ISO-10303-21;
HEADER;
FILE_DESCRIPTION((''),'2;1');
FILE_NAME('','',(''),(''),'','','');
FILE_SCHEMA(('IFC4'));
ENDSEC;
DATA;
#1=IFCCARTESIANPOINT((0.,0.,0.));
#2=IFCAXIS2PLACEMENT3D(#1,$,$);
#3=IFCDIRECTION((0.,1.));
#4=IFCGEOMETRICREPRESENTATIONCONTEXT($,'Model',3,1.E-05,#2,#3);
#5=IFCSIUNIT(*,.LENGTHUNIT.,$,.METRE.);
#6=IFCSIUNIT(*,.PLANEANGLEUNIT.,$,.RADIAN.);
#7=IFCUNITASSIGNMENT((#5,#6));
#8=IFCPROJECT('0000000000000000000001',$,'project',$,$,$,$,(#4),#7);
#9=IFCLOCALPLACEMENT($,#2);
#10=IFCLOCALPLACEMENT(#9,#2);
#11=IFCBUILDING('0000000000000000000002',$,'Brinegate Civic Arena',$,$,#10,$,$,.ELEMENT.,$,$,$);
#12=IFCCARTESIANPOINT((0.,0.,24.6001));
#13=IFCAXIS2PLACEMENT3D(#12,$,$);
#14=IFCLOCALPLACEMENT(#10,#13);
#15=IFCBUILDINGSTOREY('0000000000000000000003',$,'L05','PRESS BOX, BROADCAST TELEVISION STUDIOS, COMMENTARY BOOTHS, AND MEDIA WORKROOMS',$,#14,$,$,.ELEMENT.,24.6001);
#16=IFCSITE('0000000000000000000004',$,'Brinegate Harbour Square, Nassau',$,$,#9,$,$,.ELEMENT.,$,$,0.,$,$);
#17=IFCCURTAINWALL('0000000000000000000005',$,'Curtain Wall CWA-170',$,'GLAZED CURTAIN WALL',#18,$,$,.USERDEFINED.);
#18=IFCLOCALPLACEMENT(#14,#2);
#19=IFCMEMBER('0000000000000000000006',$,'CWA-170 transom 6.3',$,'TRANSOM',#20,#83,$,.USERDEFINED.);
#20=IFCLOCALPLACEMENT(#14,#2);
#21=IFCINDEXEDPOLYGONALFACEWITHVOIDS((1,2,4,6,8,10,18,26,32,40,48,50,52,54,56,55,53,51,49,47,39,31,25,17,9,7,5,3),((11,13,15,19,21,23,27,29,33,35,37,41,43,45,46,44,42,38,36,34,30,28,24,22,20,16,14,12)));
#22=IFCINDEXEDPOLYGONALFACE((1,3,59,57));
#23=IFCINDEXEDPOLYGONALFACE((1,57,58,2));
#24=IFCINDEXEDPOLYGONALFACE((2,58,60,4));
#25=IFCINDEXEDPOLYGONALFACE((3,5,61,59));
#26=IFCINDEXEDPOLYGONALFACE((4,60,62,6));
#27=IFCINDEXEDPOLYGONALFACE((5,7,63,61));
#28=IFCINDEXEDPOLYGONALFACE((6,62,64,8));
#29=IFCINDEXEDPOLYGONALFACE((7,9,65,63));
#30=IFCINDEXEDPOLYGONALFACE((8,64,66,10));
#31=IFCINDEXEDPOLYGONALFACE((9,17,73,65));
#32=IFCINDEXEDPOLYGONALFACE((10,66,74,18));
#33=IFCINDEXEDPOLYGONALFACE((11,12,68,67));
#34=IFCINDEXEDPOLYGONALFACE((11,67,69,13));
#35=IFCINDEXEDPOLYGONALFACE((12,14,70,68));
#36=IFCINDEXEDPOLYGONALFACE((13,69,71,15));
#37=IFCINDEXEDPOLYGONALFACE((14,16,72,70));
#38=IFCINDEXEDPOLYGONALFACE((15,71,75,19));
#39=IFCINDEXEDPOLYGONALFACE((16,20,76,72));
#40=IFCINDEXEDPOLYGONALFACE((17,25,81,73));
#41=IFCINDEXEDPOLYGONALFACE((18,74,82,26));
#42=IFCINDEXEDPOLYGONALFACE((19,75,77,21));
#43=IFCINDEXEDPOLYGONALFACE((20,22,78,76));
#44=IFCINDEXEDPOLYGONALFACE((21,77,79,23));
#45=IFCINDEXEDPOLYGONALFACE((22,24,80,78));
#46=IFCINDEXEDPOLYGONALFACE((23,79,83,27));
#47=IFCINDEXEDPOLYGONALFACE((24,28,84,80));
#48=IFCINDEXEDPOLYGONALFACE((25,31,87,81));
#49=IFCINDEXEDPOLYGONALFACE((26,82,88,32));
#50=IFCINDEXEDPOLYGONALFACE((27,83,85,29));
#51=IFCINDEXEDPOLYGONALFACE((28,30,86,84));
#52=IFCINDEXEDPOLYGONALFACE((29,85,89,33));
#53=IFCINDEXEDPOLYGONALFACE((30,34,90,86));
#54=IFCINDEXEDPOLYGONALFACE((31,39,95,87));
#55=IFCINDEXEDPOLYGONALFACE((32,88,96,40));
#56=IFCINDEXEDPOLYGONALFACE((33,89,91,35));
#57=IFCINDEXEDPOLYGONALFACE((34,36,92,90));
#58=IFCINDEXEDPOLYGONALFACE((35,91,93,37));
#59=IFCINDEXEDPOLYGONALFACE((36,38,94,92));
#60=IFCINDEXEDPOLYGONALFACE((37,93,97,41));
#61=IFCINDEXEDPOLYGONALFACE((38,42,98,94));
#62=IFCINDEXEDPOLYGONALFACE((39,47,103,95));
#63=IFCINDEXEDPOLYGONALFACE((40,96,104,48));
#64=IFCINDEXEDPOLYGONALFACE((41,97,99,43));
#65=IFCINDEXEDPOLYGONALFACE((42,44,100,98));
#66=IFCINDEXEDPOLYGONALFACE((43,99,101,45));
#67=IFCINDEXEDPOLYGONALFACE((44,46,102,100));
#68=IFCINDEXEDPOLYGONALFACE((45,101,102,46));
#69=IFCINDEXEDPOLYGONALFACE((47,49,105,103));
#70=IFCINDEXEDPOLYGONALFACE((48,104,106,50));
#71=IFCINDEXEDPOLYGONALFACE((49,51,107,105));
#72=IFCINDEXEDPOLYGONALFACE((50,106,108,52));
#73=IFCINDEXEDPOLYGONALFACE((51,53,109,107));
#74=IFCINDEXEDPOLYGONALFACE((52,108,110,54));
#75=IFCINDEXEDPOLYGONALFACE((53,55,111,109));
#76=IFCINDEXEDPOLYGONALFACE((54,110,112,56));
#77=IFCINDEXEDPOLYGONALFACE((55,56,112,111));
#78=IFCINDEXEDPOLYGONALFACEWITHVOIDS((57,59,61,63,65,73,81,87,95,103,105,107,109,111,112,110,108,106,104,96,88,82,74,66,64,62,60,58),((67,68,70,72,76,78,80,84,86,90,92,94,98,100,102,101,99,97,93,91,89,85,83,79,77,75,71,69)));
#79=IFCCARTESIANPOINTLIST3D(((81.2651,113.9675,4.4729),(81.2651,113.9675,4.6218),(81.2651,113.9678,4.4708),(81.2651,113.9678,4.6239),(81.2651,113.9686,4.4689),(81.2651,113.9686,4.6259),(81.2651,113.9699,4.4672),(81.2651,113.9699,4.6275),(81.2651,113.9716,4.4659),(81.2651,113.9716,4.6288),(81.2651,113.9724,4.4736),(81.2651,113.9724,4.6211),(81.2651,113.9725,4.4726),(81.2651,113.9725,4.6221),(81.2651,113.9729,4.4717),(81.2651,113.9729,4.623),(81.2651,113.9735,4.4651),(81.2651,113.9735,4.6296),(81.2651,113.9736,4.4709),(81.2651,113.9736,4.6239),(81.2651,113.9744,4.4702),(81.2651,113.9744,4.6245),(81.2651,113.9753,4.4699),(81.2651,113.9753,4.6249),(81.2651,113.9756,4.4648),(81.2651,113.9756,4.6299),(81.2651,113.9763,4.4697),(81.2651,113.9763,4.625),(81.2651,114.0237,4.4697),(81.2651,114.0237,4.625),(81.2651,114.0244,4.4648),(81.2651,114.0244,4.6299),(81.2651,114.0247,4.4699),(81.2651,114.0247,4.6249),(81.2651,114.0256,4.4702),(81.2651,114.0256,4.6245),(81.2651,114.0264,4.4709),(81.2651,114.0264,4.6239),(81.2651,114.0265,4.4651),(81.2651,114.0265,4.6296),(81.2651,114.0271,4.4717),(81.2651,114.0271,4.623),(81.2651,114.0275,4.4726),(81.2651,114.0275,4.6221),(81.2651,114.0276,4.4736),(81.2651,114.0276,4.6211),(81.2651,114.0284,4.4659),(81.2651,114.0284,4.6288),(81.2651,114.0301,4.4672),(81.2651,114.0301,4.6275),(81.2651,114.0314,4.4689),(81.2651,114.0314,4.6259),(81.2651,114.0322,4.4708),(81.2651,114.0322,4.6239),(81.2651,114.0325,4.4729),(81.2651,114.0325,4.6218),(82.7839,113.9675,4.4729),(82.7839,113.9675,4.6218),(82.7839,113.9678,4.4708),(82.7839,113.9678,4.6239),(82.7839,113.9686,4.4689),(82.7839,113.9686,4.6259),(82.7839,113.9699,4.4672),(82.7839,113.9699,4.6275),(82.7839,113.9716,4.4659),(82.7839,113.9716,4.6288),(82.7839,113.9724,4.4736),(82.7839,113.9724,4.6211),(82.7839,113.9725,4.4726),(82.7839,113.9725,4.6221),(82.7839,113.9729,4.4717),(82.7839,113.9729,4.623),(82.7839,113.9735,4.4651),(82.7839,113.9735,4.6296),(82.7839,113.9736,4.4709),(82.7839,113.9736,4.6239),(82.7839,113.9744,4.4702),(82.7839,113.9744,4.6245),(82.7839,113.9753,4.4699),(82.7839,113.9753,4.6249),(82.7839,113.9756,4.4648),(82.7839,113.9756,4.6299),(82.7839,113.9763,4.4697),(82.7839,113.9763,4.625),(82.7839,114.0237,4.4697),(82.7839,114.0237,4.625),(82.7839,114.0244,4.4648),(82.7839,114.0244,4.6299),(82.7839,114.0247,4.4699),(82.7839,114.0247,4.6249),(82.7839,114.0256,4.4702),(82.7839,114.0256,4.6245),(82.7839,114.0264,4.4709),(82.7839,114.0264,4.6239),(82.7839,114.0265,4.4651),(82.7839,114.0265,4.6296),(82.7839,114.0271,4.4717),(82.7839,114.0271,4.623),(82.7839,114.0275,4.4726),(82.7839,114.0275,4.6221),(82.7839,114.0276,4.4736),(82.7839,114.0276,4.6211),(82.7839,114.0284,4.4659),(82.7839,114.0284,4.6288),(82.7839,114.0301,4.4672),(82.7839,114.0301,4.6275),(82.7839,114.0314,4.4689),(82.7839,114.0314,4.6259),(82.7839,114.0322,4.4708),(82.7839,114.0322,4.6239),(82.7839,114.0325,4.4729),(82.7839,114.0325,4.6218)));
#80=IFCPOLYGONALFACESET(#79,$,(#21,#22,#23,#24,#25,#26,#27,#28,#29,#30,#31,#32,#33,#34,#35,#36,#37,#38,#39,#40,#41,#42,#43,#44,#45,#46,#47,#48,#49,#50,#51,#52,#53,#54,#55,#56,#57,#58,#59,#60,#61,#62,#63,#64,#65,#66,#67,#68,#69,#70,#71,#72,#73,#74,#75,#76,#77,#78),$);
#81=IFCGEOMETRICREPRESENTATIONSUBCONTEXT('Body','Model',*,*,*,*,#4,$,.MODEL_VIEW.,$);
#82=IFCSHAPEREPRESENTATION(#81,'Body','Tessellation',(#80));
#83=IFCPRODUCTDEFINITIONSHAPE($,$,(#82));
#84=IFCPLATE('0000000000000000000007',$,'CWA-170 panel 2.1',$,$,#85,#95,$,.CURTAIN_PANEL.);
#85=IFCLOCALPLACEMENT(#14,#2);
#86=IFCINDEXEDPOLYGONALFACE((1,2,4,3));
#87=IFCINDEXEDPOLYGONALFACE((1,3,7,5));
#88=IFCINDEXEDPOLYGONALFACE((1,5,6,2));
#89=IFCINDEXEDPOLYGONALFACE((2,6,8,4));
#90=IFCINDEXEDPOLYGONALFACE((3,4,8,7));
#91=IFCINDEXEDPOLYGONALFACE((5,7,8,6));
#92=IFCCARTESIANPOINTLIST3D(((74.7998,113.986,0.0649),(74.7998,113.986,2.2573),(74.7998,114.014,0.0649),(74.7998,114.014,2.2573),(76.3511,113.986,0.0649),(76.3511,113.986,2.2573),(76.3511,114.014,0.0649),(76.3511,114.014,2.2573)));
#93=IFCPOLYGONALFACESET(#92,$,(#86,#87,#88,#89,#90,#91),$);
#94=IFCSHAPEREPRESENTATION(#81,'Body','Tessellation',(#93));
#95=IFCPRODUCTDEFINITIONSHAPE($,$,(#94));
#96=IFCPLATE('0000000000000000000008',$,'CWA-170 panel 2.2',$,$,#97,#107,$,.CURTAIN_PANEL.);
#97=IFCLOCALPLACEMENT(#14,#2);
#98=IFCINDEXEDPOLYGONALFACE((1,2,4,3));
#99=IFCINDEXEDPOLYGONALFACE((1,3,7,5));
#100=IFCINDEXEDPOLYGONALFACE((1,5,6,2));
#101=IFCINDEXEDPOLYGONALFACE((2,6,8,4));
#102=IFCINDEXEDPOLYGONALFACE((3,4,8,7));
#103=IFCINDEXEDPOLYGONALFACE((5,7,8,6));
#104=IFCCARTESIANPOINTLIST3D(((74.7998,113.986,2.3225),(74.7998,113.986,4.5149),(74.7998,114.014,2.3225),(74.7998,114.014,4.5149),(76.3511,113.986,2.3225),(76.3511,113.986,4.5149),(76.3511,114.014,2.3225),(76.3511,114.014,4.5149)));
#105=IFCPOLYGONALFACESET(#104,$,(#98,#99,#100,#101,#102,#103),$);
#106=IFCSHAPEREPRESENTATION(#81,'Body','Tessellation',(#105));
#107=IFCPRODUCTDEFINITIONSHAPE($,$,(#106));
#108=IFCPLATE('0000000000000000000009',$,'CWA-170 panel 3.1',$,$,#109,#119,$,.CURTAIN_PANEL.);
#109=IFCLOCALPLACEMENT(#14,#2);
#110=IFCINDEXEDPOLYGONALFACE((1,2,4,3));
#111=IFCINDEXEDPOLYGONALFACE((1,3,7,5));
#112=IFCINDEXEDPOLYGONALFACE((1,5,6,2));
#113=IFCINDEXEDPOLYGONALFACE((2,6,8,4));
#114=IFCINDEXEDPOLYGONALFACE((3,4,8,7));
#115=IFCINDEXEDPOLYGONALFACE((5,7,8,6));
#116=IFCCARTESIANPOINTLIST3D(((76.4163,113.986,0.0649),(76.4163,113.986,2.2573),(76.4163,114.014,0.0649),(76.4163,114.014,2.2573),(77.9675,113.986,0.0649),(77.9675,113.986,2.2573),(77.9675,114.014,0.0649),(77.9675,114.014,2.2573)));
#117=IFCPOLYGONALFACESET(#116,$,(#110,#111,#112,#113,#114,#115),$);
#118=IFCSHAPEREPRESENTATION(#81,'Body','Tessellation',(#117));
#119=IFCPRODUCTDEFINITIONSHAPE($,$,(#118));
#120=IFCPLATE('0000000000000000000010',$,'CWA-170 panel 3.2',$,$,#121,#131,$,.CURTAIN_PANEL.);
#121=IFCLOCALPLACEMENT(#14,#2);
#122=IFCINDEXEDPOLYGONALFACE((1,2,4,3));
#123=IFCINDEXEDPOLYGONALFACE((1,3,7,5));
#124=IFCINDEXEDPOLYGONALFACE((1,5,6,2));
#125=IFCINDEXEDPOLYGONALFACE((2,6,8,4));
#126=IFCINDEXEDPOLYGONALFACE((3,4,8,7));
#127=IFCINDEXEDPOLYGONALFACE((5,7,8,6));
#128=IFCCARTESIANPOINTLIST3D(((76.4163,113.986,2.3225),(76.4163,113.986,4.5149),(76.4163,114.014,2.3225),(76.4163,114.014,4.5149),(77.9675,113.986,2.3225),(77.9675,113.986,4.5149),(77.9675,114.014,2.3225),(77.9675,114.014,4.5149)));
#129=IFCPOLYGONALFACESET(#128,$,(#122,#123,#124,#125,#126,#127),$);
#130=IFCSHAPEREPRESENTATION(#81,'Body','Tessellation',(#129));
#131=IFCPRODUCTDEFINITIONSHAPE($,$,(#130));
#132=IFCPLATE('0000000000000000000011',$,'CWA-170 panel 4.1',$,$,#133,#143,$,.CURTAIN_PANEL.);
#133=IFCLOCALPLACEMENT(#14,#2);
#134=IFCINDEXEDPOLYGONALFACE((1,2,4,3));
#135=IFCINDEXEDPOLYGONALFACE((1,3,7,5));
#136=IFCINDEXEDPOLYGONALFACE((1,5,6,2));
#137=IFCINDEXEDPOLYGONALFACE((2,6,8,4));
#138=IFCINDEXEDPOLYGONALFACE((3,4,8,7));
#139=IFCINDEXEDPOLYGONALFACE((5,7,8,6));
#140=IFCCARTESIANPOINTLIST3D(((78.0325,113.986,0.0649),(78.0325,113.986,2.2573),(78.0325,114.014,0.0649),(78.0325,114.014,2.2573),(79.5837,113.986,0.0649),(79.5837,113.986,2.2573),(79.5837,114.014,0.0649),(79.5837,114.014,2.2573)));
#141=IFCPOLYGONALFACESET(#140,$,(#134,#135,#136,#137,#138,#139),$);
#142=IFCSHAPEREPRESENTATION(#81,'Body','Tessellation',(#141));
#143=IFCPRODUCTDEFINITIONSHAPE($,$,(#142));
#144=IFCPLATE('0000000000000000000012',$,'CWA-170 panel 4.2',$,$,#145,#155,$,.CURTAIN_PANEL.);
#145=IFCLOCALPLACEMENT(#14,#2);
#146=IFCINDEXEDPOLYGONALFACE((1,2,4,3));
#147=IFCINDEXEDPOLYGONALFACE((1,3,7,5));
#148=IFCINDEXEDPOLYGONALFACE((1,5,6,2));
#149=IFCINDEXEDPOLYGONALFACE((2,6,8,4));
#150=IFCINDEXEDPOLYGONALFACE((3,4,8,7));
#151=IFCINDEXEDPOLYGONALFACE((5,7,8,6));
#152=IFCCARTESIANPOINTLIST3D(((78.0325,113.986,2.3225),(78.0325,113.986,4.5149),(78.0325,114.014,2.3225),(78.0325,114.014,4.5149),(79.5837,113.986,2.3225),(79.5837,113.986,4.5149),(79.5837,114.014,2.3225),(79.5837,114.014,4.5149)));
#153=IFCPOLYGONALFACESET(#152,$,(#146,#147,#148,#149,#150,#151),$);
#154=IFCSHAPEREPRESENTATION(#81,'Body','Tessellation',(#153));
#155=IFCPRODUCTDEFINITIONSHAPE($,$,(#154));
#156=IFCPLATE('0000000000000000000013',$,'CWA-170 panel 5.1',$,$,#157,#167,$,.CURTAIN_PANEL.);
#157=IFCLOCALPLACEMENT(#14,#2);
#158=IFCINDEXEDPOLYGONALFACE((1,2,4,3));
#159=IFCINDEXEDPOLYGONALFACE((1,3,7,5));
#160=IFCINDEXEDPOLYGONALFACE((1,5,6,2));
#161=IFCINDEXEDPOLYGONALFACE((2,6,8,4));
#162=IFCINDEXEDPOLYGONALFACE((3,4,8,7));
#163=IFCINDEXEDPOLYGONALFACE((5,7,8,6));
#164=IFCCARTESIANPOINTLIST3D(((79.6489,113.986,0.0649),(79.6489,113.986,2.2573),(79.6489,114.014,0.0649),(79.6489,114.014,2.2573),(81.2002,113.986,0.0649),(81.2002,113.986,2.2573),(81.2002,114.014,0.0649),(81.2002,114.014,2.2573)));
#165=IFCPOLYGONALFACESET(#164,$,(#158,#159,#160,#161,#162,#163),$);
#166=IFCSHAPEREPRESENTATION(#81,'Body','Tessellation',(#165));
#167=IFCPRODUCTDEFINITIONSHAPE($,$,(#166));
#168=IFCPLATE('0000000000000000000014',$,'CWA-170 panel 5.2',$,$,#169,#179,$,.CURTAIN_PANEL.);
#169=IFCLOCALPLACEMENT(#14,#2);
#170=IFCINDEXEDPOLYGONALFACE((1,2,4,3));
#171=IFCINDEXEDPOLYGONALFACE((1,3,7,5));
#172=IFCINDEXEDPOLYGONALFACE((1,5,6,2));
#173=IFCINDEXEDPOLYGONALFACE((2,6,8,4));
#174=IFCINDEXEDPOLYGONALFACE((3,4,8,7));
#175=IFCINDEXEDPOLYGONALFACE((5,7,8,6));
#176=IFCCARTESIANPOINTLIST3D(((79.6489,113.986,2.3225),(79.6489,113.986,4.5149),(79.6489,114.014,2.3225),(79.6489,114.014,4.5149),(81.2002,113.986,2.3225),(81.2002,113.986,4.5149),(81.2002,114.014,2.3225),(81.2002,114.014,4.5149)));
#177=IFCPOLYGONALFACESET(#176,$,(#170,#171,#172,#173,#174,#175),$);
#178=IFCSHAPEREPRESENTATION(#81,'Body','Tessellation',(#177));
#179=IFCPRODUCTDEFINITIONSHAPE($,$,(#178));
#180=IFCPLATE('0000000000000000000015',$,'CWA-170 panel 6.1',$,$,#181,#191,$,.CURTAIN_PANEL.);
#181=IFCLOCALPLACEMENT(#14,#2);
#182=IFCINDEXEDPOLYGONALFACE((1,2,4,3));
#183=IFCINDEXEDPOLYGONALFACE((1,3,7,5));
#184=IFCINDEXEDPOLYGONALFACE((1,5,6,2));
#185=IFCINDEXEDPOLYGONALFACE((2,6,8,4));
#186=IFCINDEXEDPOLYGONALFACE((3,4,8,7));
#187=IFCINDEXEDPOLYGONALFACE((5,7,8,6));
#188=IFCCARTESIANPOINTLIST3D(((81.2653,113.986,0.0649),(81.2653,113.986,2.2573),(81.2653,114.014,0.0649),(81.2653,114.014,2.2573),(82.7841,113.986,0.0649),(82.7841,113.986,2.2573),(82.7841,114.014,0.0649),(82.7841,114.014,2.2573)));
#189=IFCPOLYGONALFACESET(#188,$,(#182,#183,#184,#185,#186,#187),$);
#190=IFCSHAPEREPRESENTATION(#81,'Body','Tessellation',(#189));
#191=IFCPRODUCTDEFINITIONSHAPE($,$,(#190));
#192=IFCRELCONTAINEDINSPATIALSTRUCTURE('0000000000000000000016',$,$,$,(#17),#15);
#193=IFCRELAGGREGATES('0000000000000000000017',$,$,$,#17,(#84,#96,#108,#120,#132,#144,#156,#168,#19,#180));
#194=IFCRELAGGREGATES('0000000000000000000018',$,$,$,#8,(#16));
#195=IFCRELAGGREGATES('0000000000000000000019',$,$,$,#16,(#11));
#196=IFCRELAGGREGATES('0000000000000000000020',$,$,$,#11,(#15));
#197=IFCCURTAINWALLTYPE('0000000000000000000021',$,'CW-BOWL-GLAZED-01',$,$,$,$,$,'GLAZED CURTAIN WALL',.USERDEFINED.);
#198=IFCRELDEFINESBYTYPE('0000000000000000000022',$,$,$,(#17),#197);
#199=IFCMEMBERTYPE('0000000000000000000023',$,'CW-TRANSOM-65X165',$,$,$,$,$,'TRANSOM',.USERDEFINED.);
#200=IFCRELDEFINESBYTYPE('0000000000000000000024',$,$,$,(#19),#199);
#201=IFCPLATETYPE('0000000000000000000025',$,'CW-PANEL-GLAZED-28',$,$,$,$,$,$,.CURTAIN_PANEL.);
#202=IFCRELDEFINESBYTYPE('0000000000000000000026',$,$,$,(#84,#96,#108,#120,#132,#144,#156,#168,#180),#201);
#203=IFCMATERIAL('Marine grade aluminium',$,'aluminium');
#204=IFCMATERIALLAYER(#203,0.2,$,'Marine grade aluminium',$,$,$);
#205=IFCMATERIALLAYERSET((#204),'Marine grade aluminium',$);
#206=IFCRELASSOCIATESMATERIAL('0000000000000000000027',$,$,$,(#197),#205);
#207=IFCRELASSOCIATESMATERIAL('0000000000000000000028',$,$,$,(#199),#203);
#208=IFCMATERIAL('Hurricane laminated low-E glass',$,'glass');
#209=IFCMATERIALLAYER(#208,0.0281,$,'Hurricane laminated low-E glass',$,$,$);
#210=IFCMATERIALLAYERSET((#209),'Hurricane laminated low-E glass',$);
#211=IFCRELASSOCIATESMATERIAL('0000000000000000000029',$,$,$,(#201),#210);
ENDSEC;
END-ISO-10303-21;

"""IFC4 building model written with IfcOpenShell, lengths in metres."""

from ifc_helpers import new_model, si_unit, direction, frame, origin, origin_2d, place, context, subcontext, project, spatial, rectangle, hollow_rectangle, extrude, material, layer, layer_set, material_profile, profile_set, type_object, element, aggregate, save


model = new_model("IFC4")

# Units and contexts
model_context = context("Model", 3, precision=1e-05, world=origin(), true_north=direction((0.0, 1.0)))
body_context = subcontext(model_context, "Body", "Model", "MODEL_VIEW")
ifc_project = project(units=[si_unit("LENGTHUNIT", "METRE"), si_unit("PLANEANGLEUNIT", "RADIAN")], contexts=[model_context])

# Site, building, storey
site_placement = place(None, origin())
site = spatial("IfcSite", under=ifc_project, at=site_placement, Name="Brinegate Harbour Square, Nassau", CompositionType="ELEMENT", RefElevation=0.0)
building_placement = place(site_placement, origin())
building = spatial("IfcBuilding", under=site, at=building_placement, Name="Brinegate Civic Arena", CompositionType="ELEMENT")
storey_placement = place(building_placement, frame((0.0, 0.0, 24.6001)))
storey = spatial("IfcBuildingStorey", under=building, at=storey_placement, Name="L05", Description="PRESS BOX, BROADCAST TELEVISION STUDIOS, COMMENTARY BOOTHS, AND MEDIA WORKROOMS", CompositionType="ELEMENT", Elevation=24.6001)

# Curtain wall, member, plates
ifc_material_1 = material(Name="Marine grade aluminium", Category="aluminium")
ifc_layer_1 = layer(ifc_material_1, 0.2, Name="Marine grade aluminium")
ifc_layer_set_1 = layer_set([ifc_layer_1], Name="Marine grade aluminium")
curtain_wall_type = type_object("IfcCurtainWallType", Name="CW-BOWL-GLAZED-01", ElementType="GLAZED CURTAIN WALL", PredefinedType="USERDEFINED", material=ifc_layer_set_1)
curtain_wall_placement = place(storey_placement, origin())
curtain_wall = element("IfcCurtainWall", 1, at=curtain_wall_placement, inside=storey, type_object=curtain_wall_type, Name="Curtain Wall CWA-170", ObjectType="GLAZED CURTAIN WALL", PredefinedType="USERDEFINED")
ifc_material_profile_1 = material_profile(ifc_material_1, hollow_rectangle(XDim=0.0649, YDim=0.165, WallThickness=0.0049, InnerFilletRadius=0.0039, OuterFilletRadius=0.0081, at=origin_2d()), Name="TRN65X165")
ifc_profile_set_1 = profile_set([ifc_material_profile_1], Name="Marine grade aluminium")
member_type_1 = type_object("IfcMemberType", Name="CW-TRANSOM-65X165", ElementType="TRANSOM", PredefinedType="USERDEFINED", material=ifc_profile_set_1)
member_1_placement = place(storey_placement, frame((81.2651, 114.0, 4.5474), z_axis=(1.0, 0.0, 0.0), x_axis=(0.0, 1.0, 0.0)))
member_1 = element("IfcMember", 2, at=member_1_placement, type_object=member_type_1, Name="CWA-170 transom 6.3", ObjectType="TRANSOM", PredefinedType="USERDEFINED", context=body_context, shape_type="SweptSolid", body=[
    extrude(hollow_rectangle(XDim=0.0649, YDim=0.165, WallThickness=0.0049, InnerFilletRadius=0.0039, OuterFilletRadius=0.0081, at=origin_2d()), origin(), (0.0, 0.0, 1.0), 1.5188),
])
ifc_material_2 = material(Name="Hurricane laminated low-E glass", Category="glass")
ifc_layer_2 = layer(ifc_material_2, 0.0281, Name="Hurricane laminated low-E glass")
ifc_layer_set_2 = layer_set([ifc_layer_2], Name="Hurricane laminated low-E glass")
plate_type = type_object("IfcPlateType", Name="CW-PANEL-GLAZED-28", PredefinedType="CURTAIN_PANEL", material=ifc_layer_set_2)
plate_1_placement = place(storey_placement, frame((75.5754, 114.0, 0.0649), z_axis=(0.0, 0.0, 1.0), x_axis=(1.0, 0.0, 0.0)))
plate_1 = element("IfcPlate", 3, at=plate_1_placement, type_object=plate_type, Name="CWA-170 panel 2.1", PredefinedType="CURTAIN_PANEL", context=body_context, shape_type="SweptSolid", body=[
    extrude(rectangle(XDim=1.5513, YDim=0.0281, at=origin_2d()), origin(), (0.0, 0.0, 1.0), 2.1924),
])
plate_2_placement = place(storey_placement, frame((75.5754, 114.0, 2.3225), z_axis=(0.0, 0.0, 1.0), x_axis=(1.0, 0.0, 0.0)))
plate_2 = element("IfcPlate", 4, at=plate_2_placement, type_object=plate_type, Name="CWA-170 panel 2.2", PredefinedType="CURTAIN_PANEL", context=body_context, shape_type="SweptSolid", body=[
    extrude(rectangle(XDim=1.5513, YDim=0.0281, at=origin_2d()), origin(), (0.0, 0.0, 1.0), 2.1924),
])
plate_3_placement = place(storey_placement, frame((77.1919, 114.0, 0.0649), z_axis=(0.0, 0.0, 1.0), x_axis=(1.0, 0.0, 0.0)))
plate_3 = element("IfcPlate", 5, at=plate_3_placement, type_object=plate_type, Name="CWA-170 panel 3.1", PredefinedType="CURTAIN_PANEL", context=body_context, shape_type="SweptSolid", body=[
    extrude(rectangle(XDim=1.5513, YDim=0.0281, at=origin_2d()), origin(), (0.0, 0.0, 1.0), 2.1924),
])
plate_4_placement = place(storey_placement, frame((77.1919, 114.0, 2.3225), z_axis=(0.0, 0.0, 1.0), x_axis=(1.0, 0.0, 0.0)))
plate_4 = element("IfcPlate", 6, at=plate_4_placement, type_object=plate_type, Name="CWA-170 panel 3.2", PredefinedType="CURTAIN_PANEL", context=body_context, shape_type="SweptSolid", body=[
    extrude(rectangle(XDim=1.5513, YDim=0.0281, at=origin_2d()), origin(), (0.0, 0.0, 1.0), 2.1924),
])
plate_5_placement = place(storey_placement, frame((78.8081, 114.0, 0.0649), z_axis=(0.0, 0.0, 1.0), x_axis=(1.0, 0.0, 0.0)))
plate_5 = element("IfcPlate", 7, at=plate_5_placement, type_object=plate_type, Name="CWA-170 panel 4.1", PredefinedType="CURTAIN_PANEL", context=body_context, shape_type="SweptSolid", body=[
    extrude(rectangle(XDim=1.5513, YDim=0.0281, at=origin_2d()), origin(), (0.0, 0.0, 1.0), 2.1924),
])
plate_6_placement = place(storey_placement, frame((78.8081, 114.0, 2.3225), z_axis=(0.0, 0.0, 1.0), x_axis=(1.0, 0.0, 0.0)))
plate_6 = element("IfcPlate", 8, at=plate_6_placement, type_object=plate_type, Name="CWA-170 panel 4.2", PredefinedType="CURTAIN_PANEL", context=body_context, shape_type="SweptSolid", body=[
    extrude(rectangle(XDim=1.5513, YDim=0.0281, at=origin_2d()), origin(), (0.0, 0.0, 1.0), 2.1924),
])
plate_7_placement = place(storey_placement, frame((80.4246, 114.0, 0.0649), z_axis=(0.0, 0.0, 1.0), x_axis=(1.0, 0.0, 0.0)))
plate_7 = element("IfcPlate", 9, at=plate_7_placement, type_object=plate_type, Name="CWA-170 panel 5.1", PredefinedType="CURTAIN_PANEL", context=body_context, shape_type="SweptSolid", body=[
    extrude(rectangle(XDim=1.5513, YDim=0.0281, at=origin_2d()), origin(), (0.0, 0.0, 1.0), 2.1924),
])
plate_8_placement = place(storey_placement, frame((80.4246, 114.0, 2.3225), z_axis=(0.0, 0.0, 1.0), x_axis=(1.0, 0.0, 0.0)))
plate_8 = element("IfcPlate", 10, at=plate_8_placement, type_object=plate_type, Name="CWA-170 panel 5.2", PredefinedType="CURTAIN_PANEL", context=body_context, shape_type="SweptSolid", body=[
    extrude(rectangle(XDim=1.5513, YDim=0.0281, at=origin_2d()), origin(), (0.0, 0.0, 1.0), 2.1924),
])
plate_9_placement = place(storey_placement, frame((82.0247, 114.0, 0.0649), z_axis=(0.0, 0.0, 1.0), x_axis=(1.0, 0.0, 0.0)))
plate_9 = element("IfcPlate", 11, at=plate_9_placement, type_object=plate_type, Name="CWA-170 panel 6.1", PredefinedType="CURTAIN_PANEL", context=body_context, shape_type="SweptSolid", body=[
    extrude(rectangle(XDim=1.5188, YDim=0.0281, at=origin_2d()), origin(), (0.0, 0.0, 1.0), 2.1924),
])
aggregate(curtain_wall, [plate_1, plate_2, plate_3, plate_4, plate_5, plate_6, plate_7, plate_8, member_1, plate_9])

save(model, "model.ifc")
